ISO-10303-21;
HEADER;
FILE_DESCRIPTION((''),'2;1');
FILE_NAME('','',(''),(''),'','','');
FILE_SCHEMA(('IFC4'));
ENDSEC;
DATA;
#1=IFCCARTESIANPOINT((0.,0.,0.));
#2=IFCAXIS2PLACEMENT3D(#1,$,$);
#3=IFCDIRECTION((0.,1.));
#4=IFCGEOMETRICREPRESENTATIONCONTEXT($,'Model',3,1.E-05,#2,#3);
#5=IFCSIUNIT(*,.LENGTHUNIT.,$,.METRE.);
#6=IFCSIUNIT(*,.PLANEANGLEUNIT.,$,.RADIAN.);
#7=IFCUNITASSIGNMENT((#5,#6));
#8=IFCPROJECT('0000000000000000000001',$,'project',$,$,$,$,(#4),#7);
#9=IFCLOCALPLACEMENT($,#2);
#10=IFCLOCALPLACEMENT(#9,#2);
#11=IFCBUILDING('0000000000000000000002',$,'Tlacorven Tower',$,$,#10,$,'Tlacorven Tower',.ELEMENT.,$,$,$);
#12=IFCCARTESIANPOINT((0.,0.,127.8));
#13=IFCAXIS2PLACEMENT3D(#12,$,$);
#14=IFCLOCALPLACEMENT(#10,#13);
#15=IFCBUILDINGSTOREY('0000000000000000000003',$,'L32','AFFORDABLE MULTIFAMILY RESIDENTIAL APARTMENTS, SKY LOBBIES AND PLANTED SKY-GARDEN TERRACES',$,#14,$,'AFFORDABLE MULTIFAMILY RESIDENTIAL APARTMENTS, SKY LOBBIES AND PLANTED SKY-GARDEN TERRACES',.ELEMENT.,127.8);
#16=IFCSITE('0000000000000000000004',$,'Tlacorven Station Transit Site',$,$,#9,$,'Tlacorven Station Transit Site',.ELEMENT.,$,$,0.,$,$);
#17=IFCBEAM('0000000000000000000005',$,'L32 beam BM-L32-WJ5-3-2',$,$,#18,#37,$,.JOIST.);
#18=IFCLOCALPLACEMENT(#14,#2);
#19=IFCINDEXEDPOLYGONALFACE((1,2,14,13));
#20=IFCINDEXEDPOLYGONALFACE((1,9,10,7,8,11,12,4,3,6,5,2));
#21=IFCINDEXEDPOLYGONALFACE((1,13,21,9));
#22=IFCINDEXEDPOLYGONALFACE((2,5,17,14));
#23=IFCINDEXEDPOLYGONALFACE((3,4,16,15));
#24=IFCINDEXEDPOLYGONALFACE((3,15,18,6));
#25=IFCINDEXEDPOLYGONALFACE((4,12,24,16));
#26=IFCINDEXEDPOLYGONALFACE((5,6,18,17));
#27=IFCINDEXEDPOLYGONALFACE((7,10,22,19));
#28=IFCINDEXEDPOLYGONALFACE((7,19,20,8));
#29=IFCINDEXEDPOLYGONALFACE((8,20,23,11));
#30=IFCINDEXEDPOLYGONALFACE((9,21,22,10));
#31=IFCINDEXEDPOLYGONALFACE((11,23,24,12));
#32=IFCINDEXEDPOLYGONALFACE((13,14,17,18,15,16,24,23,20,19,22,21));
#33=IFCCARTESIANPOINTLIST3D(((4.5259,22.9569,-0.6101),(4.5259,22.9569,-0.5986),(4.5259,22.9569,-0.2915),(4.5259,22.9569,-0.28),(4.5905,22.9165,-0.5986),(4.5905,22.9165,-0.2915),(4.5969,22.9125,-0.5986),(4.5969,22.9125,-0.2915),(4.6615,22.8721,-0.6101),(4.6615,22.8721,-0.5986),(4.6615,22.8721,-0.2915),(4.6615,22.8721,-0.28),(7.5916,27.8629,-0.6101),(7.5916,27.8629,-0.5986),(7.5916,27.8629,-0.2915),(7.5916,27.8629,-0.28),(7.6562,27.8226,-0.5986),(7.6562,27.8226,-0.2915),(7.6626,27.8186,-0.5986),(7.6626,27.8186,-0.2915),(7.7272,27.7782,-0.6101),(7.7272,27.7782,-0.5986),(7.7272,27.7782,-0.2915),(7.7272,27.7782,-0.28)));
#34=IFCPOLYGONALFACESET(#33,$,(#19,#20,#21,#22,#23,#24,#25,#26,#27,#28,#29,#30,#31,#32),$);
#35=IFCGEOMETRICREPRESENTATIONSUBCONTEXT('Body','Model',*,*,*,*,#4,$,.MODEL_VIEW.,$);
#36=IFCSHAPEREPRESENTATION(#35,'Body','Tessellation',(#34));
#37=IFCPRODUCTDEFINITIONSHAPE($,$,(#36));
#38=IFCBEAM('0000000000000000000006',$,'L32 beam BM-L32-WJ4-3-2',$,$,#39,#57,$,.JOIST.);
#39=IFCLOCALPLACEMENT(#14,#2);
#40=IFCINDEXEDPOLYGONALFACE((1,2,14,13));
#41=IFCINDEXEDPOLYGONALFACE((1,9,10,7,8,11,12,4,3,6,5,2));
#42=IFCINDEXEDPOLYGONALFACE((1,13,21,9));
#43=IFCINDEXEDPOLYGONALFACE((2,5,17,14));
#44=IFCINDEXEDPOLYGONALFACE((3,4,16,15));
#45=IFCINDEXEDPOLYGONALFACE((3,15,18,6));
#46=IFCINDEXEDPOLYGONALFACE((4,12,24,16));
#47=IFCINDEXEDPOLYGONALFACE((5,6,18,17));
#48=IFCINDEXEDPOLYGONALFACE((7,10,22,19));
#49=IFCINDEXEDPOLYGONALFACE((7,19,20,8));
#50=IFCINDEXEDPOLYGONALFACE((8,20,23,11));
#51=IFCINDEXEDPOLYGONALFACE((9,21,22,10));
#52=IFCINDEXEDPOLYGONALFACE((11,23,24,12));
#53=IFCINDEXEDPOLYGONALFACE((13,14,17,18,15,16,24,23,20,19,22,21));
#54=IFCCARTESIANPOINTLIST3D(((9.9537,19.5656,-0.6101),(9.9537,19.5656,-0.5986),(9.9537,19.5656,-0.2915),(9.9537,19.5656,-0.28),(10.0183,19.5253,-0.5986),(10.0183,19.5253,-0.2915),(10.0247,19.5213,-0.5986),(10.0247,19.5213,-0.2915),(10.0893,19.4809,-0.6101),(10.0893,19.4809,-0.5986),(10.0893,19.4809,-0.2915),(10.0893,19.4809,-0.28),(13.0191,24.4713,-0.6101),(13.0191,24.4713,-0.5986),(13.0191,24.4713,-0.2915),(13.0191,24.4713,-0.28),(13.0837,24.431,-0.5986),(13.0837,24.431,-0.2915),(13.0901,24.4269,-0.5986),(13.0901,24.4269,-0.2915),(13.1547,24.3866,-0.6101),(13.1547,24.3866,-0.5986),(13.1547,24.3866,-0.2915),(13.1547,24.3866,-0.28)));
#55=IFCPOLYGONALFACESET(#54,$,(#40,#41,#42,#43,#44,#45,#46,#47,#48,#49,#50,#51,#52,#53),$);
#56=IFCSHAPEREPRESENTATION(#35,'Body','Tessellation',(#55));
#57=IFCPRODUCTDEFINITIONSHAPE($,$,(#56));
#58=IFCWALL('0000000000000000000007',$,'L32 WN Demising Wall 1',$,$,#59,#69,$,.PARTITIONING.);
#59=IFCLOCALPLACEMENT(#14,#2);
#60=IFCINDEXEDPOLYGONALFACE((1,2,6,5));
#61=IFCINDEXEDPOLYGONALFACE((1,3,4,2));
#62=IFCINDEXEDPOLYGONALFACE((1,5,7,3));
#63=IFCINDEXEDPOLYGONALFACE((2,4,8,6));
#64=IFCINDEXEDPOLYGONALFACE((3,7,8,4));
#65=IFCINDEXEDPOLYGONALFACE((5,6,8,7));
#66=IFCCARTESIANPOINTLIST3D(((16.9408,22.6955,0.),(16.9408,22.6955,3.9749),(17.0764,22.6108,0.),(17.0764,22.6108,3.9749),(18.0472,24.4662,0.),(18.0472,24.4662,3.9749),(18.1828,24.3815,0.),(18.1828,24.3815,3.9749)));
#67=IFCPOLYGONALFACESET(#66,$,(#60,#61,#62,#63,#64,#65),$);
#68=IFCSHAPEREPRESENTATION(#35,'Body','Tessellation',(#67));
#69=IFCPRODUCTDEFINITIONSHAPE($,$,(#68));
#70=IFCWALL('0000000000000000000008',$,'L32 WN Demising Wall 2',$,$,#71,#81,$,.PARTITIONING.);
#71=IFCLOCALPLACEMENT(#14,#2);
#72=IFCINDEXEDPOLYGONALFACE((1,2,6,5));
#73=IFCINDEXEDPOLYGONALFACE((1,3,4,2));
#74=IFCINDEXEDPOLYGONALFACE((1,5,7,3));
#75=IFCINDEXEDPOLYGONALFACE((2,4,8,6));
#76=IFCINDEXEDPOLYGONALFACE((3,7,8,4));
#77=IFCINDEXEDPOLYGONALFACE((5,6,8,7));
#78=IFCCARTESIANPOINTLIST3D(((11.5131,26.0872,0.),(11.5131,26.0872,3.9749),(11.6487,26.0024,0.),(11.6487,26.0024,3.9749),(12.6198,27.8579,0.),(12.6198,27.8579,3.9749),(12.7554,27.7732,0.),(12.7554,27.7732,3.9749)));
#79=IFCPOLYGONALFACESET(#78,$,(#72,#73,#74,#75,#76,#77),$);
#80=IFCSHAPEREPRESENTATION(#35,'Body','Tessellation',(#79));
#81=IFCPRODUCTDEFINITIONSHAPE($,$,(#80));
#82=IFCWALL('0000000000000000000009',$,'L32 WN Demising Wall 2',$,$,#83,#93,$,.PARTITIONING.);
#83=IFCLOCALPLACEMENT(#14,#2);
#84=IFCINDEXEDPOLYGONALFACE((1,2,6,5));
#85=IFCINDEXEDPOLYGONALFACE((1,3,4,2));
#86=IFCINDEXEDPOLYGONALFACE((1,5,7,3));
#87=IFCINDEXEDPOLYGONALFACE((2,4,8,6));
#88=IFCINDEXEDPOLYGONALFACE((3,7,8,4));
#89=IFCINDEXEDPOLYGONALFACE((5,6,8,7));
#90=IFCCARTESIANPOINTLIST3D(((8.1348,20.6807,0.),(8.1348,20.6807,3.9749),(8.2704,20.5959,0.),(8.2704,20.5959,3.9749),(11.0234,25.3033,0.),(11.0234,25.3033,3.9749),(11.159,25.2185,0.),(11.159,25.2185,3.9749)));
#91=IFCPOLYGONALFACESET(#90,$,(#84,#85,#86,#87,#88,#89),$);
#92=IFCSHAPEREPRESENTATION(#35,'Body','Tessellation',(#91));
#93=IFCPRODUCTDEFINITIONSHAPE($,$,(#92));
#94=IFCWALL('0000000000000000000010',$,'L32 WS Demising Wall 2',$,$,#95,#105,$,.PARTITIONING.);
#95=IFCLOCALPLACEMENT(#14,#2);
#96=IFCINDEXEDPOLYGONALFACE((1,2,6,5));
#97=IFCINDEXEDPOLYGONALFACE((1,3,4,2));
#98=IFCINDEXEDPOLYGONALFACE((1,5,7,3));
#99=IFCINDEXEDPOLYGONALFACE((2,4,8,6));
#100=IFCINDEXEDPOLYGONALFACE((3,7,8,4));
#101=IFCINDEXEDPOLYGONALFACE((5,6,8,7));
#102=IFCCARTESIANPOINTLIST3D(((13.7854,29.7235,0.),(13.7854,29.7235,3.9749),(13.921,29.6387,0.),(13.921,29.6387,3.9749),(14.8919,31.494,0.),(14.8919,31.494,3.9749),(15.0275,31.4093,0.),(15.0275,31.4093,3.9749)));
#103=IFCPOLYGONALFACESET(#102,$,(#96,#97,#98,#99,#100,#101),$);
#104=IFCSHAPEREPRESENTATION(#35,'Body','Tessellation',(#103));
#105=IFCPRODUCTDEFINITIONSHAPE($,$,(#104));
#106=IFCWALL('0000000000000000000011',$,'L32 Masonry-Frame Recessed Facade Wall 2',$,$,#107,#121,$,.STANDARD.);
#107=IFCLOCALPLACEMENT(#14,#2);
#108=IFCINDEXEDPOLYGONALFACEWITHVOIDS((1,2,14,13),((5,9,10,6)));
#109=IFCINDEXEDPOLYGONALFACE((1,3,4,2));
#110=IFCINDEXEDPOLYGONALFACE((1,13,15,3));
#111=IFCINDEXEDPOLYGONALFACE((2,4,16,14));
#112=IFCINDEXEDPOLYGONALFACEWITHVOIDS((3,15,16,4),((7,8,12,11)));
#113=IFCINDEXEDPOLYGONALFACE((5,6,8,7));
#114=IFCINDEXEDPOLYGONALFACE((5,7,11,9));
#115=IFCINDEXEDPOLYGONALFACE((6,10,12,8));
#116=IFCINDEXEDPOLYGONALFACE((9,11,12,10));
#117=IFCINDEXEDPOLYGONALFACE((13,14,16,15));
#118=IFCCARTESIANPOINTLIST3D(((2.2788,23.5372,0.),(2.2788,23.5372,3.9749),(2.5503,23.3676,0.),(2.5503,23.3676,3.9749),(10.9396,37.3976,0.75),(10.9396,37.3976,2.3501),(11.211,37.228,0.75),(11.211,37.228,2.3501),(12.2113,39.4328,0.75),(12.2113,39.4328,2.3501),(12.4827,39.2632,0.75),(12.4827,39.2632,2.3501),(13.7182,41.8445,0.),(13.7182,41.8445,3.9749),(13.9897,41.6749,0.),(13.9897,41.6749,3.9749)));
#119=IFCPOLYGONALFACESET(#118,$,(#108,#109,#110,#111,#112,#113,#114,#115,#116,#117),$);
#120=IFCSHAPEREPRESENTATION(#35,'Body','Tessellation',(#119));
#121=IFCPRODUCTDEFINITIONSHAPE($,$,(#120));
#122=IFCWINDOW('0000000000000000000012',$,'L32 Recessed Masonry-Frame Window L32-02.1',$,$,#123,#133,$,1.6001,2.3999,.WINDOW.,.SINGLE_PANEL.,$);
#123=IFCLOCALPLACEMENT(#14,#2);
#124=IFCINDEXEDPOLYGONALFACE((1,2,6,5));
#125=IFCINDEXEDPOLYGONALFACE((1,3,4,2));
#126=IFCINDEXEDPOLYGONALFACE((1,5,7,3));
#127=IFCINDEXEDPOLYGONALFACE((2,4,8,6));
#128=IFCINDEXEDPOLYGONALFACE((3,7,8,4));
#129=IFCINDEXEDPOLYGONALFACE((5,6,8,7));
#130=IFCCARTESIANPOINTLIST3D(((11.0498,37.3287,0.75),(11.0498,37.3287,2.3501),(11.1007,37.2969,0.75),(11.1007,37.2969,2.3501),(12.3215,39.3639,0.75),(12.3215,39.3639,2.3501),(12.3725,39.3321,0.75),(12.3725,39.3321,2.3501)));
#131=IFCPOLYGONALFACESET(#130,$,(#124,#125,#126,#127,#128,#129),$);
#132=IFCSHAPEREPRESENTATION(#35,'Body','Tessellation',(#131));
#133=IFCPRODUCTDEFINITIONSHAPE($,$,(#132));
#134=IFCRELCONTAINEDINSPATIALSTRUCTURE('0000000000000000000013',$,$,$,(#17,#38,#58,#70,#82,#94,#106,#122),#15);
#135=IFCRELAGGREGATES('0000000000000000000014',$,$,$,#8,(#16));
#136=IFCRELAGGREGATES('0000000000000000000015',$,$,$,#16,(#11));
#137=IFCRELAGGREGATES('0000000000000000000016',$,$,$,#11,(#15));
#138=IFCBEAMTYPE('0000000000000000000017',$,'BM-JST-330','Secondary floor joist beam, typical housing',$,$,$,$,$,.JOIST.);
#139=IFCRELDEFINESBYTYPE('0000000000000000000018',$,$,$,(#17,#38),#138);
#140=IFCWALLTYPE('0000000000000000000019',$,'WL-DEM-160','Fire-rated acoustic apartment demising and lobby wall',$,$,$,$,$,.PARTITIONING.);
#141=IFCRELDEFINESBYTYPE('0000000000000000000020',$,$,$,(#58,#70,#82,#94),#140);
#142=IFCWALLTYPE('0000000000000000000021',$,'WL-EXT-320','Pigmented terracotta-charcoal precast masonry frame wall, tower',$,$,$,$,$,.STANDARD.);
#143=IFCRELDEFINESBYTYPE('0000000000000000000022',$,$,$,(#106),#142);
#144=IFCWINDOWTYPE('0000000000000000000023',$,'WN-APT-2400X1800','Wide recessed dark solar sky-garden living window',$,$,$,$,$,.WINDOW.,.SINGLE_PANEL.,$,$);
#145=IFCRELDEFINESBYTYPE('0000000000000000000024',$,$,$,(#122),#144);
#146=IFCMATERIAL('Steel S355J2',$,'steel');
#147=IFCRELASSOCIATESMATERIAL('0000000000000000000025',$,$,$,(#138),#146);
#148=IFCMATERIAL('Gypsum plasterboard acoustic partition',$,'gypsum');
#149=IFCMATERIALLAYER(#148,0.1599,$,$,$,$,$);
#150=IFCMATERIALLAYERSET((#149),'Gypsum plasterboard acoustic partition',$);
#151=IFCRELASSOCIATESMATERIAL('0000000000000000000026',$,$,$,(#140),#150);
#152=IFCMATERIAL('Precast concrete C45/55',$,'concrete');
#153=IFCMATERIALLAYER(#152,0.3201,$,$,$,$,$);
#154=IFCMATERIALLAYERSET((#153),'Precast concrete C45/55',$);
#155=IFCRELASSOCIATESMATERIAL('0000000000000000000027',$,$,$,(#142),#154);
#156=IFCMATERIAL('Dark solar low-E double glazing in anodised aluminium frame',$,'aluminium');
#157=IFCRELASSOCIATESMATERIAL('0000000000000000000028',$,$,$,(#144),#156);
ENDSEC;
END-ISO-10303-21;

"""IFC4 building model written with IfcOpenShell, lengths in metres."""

from ifc_helpers import new_model, si_unit, direction, frame, frame_2d, origin, origin_2d, place, context, subcontext, project, spatial, rectangle, i_section, extrude, source, transform, mapped, material, layer, layer_set, material_profile, profile_set, type_object, element, fill, save


model = new_model("IFC4")

# Units and contexts
model_context = context("Model", 3, precision=1e-05, world=origin(), true_north=direction((0.0, 1.0)))
body_context = subcontext(model_context, "Body", "Model", "MODEL_VIEW")
ifc_project = project(units=[si_unit("LENGTHUNIT", "METRE"), si_unit("PLANEANGLEUNIT", "RADIAN")], contexts=[model_context])

# Site, building, storey
site_placement = place(None, origin())
site = spatial("IfcSite", under=ifc_project, at=site_placement, Name="Tlacorven Station Transit Site", LongName="Tlacorven Station Transit Site", CompositionType="ELEMENT", RefElevation=0.0)
building_placement = place(site_placement, origin())
building = spatial("IfcBuilding", under=site, at=building_placement, Name="Tlacorven Tower", LongName="Tlacorven Tower", CompositionType="ELEMENT")
storey_placement = place(building_placement, frame((0.0, 0.0, 127.8)))
storey = spatial("IfcBuildingStorey", under=building, at=storey_placement, Name="L32", Description="AFFORDABLE MULTIFAMILY RESIDENTIAL APARTMENTS, SKY LOBBIES AND PLANTED SKY-GARDEN TERRACES", LongName="AFFORDABLE MULTIFAMILY RESIDENTIAL APARTMENTS, SKY LOBBIES AND PLANTED SKY-GARDEN TERRACES", CompositionType="ELEMENT", Elevation=127.8)

# Beams
ifc_material_1 = material(Name="Steel S355J2", Category="steel")
ifc_material_profile_1 = material_profile(ifc_material_1, i_section(OverallWidth=0.1599, OverallDepth=0.3301, WebThickness=0.0076, FlangeThickness=0.0115, at=origin_2d()), Name="IPE 330")
ifc_profile_set_1 = profile_set([ifc_material_profile_1], Name="Steel S355J2")
beam_type_1 = type_object("IfcBeamType", Name="BM-JST-330", Description="Secondary floor joist beam, typical housing", PredefinedType="JOIST", material=ifc_profile_set_1)
shared_shape_1 = source(origin(), body_context, "Body", "SweptSolid", [
    extrude(i_section(OverallWidth=0.1599, OverallDepth=0.3301, WebThickness=0.0076, FlangeThickness=0.0115, at=origin_2d()), origin(), (0.0, 0.0, 1.0), 5.7852),
])
for number, where, z_axis, x_axis, name in (
    (1, (7.6594, 27.8206, -0.4451), (-0.529927, -0.848043, 0.0), (0.848043, -0.529927, 0.0), "L32 beam BM-L32-WJ5-3-2"),
):
    element("IfcBeam", number, at=place(storey_placement, frame(where, z_axis=z_axis, x_axis=x_axis)), inside=storey, type_object=beam_type_1, Name=name, PredefinedType="JOIST", context=body_context, shape_type="MappedRepresentation", body=[
        mapped(shared_shape_1, transform((0.0, 0.0, 0.0), scale=1.0)),
    ])
shared_shape_2 = source(origin(), body_context, "Body", "SweptSolid", [
    extrude(i_section(OverallWidth=0.1599, OverallDepth=0.3301, WebThickness=0.0076, FlangeThickness=0.0115, at=origin_2d()), origin(), (0.0, 0.0, 1.0), 5.7847),
])
beam_1_placement = place(storey_placement, frame((13.0869, 24.429, -0.4451), z_axis=(-0.529915, -0.84805, 0.0), x_axis=(0.84805, -0.529915, 0.0)))
element("IfcBeam", 2, at=beam_1_placement, inside=storey, type_object=beam_type_1, Name="L32 beam BM-L32-WJ4-3-2", PredefinedType="JOIST", context=body_context, shape_type="MappedRepresentation", body=[
    mapped(shared_shape_2, transform((0.0, 0.0, 0.0), scale=1.0)),
])

# Walls
ifc_material_2 = material(Name="Gypsum plasterboard acoustic partition", Category="gypsum")
ifc_layer_1 = layer(ifc_material_2, 0.1599)
ifc_layer_set_1 = layer_set([ifc_layer_1], Name="Gypsum plasterboard acoustic partition")
wall_type_1 = type_object("IfcWallType", Name="WL-DEM-160", Description="Fire-rated acoustic apartment demising and lobby wall", PredefinedType="PARTITIONING", material=ifc_layer_set_1)
wall_1_placement = place(storey_placement, frame((18.115, 24.4238, 0.0), z_axis=(0.0, 0.0, 1.0), x_axis=(-0.529904, -0.848057, 0.0)))
element("IfcWall", 3, at=wall_1_placement, inside=storey, type_object=wall_type_1, Name="L32 WN Demising Wall 1", PredefinedType="PARTITIONING", context=body_context, shape_type="SweptSolid", body=[
    extrude(rectangle(XDim=2.0879, YDim=0.1599, at=frame_2d((1.0439, 0.0))), origin(), (0.0, 0.0, 1.0), 3.9749),
])
wall_2_placement = place(storey_placement, frame((12.6875, 27.8154, 0.0), z_axis=(0.0, 0.0, 1.0), x_axis=(-0.529988, -0.848005, 0.0)))
element("IfcWall", 4, at=wall_2_placement, inside=storey, type_object=wall_type_1, Name="L32 WN Demising Wall 2", PredefinedType="PARTITIONING", context=body_context, shape_type="SweptSolid", body=[
    extrude(rectangle(XDim=2.0881, YDim=0.1599, at=frame_2d((1.0439, 0.0))), origin(), (0.0, 0.0, 1.0), 3.9749),
])
wall_3_placement = place(storey_placement, frame((11.0913, 25.261, 0.0), z_axis=(0.0, 0.0, 1.0), x_axis=(-0.529943, -0.848034, 0.0)))
element("IfcWall", 5, at=wall_3_placement, inside=storey, type_object=wall_type_1, Name="L32 WN Demising Wall 2", PredefinedType="PARTITIONING", context=body_context, shape_type="SweptSolid", body=[
    extrude(rectangle(XDim=5.4509, YDim=0.1599, at=frame_2d((2.7256, 0.0))), origin(), (0.0, 0.0, 1.0), 3.9749),
])
wall_4_placement = place(storey_placement, frame((14.9597, 31.4517, 0.0), z_axis=(0.0, 0.0, 1.0), x_axis=(-0.529957, -0.848025, 0.0)))
element("IfcWall", 6, at=wall_4_placement, inside=storey, type_object=wall_type_1, Name="L32 WS Demising Wall 2", PredefinedType="PARTITIONING", context=body_context, shape_type="SweptSolid", body=[
    extrude(rectangle(XDim=2.0879, YDim=0.1599, at=frame_2d((1.0439, 0.0))), origin(), (0.0, 0.0, 1.0), 3.9749),
])

# Wall, opening, window
ifc_material_3 = material(Name="Precast concrete C45/55", Category="concrete")
ifc_layer_2 = layer(ifc_material_3, 0.3201)
ifc_layer_set_2 = layer_set([ifc_layer_2], Name="Precast concrete C45/55")
wall_type_2 = type_object("IfcWallType", Name="WL-EXT-320", Description="Pigmented terracotta-charcoal precast masonry frame wall, tower", PredefinedType="STANDARD", material=ifc_layer_set_2)
wall_5_placement = place(storey_placement, frame((2.4146, 23.4524, 0.0), z_axis=(0.0, 0.0, 1.0), x_axis=(0.52991, 0.848054, 0.0)))
wall_5 = element("IfcWall", 7, at=wall_5_placement, inside=storey, type_object=wall_type_2, Name="L32 Masonry-Frame Recessed Facade Wall 2", PredefinedType="STANDARD", context=body_context, shape_type="SweptSolid", body=[
    extrude(rectangle(XDim=21.5874, YDim=0.3201, at=frame_2d((10.7937, 0.0))), origin(), (0.0, 0.0, 1.0), 3.9749),
])
opening_1_placement = place(wall_5_placement, frame((16.3438, 0.0, 0.75)))
opening_1 = element("IfcOpeningElement", 8, at=opening_1_placement, cuts=wall_5, PredefinedType="OPENING", context=body_context, shape_type="SweptSolid", body=[
    extrude(rectangle(XDim=2.3999, YDim=1.6001, at=frame_2d((1.2, 0.8))), frame((0.0, 0.1699, 0.0), z_axis=(0.0, -1.0, 0.0), x_axis=(1.0, 0.0, 0.0)), (0.0, 0.0, 1.0), 0.3401),
])
ifc_material_4 = material(Name="Dark solar low-E double glazing in anodised aluminium frame", Category="aluminium")
window_type = type_object("IfcWindowType", Name="WN-APT-2400X1800", Description="Wide recessed dark solar sky-garden living window", PartitioningType="SINGLE_PANEL", PredefinedType="WINDOW", material=ifc_material_4)
shared_shape_3 = source(origin(), body_context, "Body", "SweptSolid", [
    extrude(rectangle(XDim=2.3999, YDim=1.6001, at=frame_2d((1.2, 0.8))), frame((0.0, 0.03, 0.0), z_axis=(0.0, -1.0, 0.0), x_axis=(1.0, 0.0, 0.0)), (0.0, 0.0, 1.0), 0.0601),
])
window_placement = place(opening_1_placement, origin())
window = element("IfcWindow", 9, at=window_placement, inside=storey, type_object=window_type, Name="L32 Recessed Masonry-Frame Window L32-02.1", OverallHeight=1.6001, OverallWidth=2.3999, PartitioningType="SINGLE_PANEL", PredefinedType="WINDOW", context=body_context, shape_type="MappedRepresentation", body=[
    mapped(shared_shape_3, transform((0.0, 0.0, 0.0), scale=1.0)),
])
fill(opening_1, window)

save(model, "model.ifc")
